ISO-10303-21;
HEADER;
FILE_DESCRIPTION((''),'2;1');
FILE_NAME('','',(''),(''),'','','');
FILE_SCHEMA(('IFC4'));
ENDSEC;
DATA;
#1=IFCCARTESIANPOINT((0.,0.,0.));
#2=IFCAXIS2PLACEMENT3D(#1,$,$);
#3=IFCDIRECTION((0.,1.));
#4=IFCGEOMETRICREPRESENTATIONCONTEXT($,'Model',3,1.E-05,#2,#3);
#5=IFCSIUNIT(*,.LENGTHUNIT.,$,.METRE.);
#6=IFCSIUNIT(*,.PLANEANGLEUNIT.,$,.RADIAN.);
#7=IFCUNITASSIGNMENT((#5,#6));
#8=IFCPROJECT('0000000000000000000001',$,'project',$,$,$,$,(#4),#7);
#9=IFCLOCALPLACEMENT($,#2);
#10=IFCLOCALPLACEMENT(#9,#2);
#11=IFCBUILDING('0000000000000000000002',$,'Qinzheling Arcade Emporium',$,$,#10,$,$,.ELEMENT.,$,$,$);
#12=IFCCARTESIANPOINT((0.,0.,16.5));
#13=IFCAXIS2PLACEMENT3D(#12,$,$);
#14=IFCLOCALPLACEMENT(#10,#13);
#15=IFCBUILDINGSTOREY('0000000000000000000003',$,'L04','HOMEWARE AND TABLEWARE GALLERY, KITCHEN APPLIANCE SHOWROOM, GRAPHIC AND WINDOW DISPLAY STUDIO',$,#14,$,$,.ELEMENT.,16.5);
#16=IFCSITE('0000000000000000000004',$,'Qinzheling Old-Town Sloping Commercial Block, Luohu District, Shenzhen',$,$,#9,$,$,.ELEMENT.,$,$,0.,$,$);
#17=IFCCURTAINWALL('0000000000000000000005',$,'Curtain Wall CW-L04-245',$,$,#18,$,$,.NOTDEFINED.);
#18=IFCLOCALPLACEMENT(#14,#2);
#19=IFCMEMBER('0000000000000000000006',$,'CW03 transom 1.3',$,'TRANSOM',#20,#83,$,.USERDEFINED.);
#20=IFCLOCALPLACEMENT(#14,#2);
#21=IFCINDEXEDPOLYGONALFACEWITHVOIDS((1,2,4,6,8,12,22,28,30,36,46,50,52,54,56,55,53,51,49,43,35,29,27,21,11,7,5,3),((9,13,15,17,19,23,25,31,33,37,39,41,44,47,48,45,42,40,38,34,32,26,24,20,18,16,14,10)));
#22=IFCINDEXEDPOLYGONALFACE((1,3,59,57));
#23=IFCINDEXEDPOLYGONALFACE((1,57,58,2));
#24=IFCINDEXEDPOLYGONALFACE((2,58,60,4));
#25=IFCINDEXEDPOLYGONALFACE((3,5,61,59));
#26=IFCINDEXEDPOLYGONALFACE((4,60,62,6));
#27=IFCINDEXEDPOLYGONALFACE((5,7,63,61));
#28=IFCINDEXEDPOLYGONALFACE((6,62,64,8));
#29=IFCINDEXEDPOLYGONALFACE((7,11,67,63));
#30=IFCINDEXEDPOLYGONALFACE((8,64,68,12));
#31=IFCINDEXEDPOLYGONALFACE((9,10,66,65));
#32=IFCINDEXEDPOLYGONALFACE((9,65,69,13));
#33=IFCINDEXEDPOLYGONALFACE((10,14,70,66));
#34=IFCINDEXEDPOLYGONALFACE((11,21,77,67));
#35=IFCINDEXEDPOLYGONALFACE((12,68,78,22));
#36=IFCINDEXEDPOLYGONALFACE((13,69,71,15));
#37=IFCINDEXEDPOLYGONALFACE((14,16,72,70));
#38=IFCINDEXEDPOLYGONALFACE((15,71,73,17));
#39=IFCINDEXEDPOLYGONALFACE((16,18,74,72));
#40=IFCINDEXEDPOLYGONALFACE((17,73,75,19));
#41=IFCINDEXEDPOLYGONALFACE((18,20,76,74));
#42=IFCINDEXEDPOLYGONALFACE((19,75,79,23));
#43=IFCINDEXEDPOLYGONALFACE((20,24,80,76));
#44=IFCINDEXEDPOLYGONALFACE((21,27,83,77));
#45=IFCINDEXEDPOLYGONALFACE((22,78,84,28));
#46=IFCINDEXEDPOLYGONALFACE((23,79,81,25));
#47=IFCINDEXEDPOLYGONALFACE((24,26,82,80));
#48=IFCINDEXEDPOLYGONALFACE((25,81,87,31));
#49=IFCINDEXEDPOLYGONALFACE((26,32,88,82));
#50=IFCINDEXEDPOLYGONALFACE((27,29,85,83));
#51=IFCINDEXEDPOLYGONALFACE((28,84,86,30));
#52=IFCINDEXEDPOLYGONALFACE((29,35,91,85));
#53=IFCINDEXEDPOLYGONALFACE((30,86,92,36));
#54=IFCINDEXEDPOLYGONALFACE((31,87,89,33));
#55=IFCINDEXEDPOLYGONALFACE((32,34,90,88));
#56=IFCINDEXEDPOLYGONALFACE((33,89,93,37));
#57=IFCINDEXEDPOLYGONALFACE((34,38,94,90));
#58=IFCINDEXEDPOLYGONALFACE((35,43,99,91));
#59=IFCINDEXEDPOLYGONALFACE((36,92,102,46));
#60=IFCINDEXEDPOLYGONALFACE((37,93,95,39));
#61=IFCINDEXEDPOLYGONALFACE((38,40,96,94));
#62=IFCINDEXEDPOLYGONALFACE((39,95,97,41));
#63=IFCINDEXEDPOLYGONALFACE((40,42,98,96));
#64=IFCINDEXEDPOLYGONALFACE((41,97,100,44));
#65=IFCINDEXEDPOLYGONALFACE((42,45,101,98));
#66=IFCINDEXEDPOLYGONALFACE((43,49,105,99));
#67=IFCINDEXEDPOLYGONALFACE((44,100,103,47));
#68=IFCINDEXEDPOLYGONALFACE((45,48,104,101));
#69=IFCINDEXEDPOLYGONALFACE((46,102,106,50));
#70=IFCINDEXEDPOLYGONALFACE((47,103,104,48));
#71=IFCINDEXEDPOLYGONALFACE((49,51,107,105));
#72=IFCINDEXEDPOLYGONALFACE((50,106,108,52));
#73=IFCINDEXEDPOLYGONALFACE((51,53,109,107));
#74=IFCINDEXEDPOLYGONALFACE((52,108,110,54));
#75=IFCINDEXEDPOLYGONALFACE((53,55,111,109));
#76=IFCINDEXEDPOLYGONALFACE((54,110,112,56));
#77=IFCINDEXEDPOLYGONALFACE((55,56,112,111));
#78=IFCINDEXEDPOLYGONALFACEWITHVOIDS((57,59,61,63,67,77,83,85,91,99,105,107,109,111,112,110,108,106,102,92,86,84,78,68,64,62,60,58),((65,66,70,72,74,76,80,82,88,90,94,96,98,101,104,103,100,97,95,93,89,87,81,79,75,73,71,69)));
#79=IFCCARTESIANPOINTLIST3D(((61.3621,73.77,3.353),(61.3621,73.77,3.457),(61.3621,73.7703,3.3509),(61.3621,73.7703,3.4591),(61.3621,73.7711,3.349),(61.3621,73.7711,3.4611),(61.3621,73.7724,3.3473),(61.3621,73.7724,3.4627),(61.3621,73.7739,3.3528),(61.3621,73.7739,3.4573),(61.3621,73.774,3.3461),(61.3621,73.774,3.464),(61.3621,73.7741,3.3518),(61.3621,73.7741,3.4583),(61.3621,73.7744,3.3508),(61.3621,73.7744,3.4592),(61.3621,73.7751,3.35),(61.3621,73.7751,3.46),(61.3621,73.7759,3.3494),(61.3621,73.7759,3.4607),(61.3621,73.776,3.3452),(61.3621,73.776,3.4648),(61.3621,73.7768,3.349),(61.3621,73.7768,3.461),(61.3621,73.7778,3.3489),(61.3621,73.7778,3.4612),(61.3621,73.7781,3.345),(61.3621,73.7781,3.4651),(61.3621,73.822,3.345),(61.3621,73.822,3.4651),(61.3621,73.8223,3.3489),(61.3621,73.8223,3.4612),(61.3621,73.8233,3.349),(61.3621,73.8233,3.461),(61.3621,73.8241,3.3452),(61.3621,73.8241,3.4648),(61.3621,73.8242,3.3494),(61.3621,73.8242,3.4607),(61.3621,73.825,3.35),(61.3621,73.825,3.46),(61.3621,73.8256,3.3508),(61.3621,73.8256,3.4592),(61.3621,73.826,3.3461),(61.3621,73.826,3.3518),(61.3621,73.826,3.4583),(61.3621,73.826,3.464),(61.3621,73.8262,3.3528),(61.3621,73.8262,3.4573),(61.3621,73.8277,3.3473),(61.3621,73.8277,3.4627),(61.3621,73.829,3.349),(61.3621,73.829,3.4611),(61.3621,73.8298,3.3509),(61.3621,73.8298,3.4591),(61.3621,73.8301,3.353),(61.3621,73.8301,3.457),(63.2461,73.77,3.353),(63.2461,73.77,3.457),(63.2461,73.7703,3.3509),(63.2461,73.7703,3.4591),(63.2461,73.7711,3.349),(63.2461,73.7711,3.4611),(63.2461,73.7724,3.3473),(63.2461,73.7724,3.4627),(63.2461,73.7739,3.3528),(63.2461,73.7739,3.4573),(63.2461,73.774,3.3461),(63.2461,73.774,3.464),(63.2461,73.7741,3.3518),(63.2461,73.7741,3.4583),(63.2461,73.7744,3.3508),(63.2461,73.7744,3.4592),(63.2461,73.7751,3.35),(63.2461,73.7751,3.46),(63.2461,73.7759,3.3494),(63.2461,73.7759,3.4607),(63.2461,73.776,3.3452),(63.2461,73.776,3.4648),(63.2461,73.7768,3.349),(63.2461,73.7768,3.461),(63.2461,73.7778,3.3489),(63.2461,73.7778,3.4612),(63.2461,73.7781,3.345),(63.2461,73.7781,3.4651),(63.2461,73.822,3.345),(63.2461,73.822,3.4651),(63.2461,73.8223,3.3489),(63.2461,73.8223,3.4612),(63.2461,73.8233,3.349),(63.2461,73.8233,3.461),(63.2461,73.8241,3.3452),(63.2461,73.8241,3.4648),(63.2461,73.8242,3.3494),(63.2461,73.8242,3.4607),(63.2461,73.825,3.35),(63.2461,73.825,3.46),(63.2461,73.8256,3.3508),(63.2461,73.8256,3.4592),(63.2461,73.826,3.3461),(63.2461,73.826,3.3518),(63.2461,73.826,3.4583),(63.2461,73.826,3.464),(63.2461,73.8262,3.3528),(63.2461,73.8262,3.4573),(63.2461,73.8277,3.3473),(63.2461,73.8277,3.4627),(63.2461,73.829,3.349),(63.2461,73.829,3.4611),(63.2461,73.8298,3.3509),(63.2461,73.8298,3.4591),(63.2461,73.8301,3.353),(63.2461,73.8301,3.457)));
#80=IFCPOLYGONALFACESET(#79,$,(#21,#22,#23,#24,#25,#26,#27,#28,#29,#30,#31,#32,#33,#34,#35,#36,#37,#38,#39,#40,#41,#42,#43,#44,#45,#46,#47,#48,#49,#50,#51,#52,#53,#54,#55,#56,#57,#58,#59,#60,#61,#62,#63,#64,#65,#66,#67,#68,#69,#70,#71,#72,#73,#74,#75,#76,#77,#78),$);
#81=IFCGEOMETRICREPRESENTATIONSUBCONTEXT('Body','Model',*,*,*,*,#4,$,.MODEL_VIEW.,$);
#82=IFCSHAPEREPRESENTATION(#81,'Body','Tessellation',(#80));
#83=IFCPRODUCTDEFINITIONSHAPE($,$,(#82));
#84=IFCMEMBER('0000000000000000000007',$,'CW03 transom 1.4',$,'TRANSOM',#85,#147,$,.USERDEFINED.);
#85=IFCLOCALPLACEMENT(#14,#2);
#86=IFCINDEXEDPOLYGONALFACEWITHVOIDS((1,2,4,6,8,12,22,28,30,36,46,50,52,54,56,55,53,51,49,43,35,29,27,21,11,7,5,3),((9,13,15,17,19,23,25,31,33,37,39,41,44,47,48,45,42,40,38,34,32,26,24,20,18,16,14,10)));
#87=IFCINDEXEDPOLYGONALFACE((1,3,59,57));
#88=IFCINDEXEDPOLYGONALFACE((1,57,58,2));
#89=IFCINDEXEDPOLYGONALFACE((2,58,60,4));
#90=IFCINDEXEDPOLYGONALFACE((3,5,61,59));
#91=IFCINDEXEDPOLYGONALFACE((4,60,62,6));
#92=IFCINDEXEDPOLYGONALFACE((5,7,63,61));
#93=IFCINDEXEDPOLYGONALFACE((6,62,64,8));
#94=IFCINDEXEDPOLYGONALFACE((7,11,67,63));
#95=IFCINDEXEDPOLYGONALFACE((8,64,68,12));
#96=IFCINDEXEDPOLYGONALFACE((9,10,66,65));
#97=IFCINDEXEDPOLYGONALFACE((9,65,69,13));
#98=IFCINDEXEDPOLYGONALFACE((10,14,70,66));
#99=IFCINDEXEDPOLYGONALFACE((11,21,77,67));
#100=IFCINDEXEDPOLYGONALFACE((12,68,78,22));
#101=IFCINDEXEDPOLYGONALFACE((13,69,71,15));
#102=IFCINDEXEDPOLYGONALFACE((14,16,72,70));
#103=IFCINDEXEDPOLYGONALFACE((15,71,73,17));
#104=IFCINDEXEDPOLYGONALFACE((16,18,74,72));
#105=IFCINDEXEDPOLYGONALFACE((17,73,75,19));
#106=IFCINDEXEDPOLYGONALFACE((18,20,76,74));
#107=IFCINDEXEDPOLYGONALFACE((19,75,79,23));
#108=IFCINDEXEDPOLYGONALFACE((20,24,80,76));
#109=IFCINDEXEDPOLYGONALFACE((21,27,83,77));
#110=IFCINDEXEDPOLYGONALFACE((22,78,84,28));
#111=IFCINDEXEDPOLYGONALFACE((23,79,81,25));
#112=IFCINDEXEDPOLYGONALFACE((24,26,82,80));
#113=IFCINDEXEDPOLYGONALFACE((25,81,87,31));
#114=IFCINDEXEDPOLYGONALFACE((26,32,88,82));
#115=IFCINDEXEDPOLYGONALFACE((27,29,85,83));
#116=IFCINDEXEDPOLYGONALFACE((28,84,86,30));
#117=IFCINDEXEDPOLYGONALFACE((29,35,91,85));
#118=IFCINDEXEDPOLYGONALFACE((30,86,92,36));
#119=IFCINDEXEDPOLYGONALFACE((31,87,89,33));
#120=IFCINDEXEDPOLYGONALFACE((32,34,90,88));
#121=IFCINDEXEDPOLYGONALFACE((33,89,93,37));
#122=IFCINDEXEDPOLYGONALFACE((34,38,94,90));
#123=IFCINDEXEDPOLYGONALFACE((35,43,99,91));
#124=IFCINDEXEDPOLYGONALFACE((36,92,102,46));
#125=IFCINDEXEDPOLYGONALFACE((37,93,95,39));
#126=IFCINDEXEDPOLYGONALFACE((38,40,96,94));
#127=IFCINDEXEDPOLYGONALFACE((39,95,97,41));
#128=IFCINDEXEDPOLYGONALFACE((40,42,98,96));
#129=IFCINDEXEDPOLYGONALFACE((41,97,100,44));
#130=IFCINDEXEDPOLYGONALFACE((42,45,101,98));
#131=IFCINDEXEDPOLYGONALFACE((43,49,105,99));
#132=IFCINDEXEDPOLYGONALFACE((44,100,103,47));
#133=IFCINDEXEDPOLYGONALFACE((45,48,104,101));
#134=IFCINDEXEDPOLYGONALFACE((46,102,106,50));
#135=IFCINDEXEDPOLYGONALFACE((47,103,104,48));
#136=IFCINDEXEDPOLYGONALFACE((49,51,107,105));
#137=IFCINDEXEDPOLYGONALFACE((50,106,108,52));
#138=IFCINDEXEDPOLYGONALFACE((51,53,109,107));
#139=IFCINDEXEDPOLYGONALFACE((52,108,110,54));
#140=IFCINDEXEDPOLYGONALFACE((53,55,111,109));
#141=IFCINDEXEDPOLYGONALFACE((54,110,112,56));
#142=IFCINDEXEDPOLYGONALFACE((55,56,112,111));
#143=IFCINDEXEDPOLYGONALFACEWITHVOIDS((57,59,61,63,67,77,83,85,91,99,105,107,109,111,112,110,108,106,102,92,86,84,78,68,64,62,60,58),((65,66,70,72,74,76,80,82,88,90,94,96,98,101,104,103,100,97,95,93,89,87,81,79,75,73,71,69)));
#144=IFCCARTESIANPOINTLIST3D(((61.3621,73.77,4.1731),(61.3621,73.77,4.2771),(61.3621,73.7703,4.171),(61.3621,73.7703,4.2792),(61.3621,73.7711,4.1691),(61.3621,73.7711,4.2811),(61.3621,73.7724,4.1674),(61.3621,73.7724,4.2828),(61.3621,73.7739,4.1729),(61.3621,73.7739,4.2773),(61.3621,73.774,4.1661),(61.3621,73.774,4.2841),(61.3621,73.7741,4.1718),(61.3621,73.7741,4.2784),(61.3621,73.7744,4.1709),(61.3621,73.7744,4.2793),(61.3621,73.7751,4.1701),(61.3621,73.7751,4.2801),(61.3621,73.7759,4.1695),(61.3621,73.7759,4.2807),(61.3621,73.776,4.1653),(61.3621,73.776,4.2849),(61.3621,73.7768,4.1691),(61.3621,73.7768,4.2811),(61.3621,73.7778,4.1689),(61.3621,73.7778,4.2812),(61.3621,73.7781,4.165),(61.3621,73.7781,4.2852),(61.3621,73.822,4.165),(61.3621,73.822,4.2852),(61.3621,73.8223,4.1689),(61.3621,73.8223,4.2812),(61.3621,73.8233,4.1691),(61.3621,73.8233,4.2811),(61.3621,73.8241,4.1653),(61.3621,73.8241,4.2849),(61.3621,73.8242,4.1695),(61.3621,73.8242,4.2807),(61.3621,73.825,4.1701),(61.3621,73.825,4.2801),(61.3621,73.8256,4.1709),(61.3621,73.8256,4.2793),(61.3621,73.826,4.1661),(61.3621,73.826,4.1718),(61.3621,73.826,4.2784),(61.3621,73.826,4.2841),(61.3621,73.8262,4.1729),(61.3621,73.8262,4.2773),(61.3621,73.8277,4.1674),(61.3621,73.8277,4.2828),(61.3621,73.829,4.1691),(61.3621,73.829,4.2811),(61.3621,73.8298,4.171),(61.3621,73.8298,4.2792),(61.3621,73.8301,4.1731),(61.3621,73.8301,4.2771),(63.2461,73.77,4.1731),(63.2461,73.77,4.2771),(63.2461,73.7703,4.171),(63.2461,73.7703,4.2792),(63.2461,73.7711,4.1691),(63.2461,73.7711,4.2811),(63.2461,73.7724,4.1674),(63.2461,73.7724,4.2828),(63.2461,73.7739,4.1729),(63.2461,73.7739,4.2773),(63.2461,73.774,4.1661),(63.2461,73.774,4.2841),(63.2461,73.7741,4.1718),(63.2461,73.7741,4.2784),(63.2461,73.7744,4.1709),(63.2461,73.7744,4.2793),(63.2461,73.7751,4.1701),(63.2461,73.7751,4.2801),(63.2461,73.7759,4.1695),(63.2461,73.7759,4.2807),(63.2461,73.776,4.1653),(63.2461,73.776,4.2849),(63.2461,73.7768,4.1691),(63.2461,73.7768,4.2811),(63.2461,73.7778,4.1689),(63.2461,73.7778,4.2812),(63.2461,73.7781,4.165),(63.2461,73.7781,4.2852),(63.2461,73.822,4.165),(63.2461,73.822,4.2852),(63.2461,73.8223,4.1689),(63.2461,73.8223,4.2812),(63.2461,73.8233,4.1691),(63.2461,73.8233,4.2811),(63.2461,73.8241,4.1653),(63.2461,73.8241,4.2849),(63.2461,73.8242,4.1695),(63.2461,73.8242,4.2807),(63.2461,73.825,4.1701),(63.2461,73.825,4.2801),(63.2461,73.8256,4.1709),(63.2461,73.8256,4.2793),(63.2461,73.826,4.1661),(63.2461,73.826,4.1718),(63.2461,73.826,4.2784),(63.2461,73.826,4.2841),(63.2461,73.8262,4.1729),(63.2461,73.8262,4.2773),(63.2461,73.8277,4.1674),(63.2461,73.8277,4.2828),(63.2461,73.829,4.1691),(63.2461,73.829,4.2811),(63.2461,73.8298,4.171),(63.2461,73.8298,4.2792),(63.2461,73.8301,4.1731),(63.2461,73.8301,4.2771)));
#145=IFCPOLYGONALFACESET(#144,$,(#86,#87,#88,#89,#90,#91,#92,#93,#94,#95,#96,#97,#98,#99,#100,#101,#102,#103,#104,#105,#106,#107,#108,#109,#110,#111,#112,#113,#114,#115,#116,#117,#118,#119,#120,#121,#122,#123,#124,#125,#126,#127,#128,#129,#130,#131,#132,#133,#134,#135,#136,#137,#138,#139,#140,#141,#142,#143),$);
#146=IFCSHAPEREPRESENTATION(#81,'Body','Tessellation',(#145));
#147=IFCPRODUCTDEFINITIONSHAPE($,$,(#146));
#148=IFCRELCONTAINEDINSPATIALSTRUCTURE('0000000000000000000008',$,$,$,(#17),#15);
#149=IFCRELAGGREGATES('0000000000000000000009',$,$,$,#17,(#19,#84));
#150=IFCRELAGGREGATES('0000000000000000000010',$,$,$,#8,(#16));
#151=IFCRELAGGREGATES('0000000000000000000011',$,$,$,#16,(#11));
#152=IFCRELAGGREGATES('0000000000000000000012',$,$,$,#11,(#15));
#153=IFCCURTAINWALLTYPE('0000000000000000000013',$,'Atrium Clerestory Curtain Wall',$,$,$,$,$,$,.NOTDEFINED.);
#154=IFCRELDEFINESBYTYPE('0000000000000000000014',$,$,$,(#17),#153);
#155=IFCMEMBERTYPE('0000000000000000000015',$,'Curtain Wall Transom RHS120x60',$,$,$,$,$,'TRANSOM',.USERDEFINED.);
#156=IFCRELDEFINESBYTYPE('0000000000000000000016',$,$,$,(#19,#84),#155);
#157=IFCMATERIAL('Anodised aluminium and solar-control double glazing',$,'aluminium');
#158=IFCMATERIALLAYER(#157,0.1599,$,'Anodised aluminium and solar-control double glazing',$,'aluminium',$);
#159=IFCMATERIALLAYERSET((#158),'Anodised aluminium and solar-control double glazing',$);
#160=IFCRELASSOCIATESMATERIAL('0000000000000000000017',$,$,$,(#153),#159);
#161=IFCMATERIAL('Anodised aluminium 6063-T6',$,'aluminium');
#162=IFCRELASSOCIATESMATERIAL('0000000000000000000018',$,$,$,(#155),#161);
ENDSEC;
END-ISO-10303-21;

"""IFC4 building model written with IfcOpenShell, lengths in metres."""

from ifc_helpers import new_model, si_unit, direction, frame, origin, origin_2d, place, context, subcontext, project, spatial, hollow_rectangle, extrude, material, layer, layer_set, material_profile, profile_set, type_object, element, aggregate, save


model = new_model("IFC4")

# Units and contexts
model_context = context("Model", 3, precision=1e-05, world=origin(), true_north=direction((0.0, 1.0)))
body_context = subcontext(model_context, "Body", "Model", "MODEL_VIEW")
ifc_project = project(units=[si_unit("LENGTHUNIT", "METRE"), si_unit("PLANEANGLEUNIT", "RADIAN")], contexts=[model_context])

# Site, building, storey
site_placement = place(None, origin())
site = spatial("IfcSite", under=ifc_project, at=site_placement, Name="Qinzheling Old-Town Sloping Commercial Block, Luohu District, Shenzhen", CompositionType="ELEMENT", RefElevation=0.0)
building_placement = place(site_placement, origin())
building = spatial("IfcBuilding", under=site, at=building_placement, Name="Qinzheling Arcade Emporium", CompositionType="ELEMENT")
storey_placement = place(building_placement, frame((0.0, 0.0, 16.5)))
storey = spatial("IfcBuildingStorey", under=building, at=storey_placement, Name="L04", Description="HOMEWARE AND TABLEWARE GALLERY, KITCHEN APPLIANCE SHOWROOM, GRAPHIC AND WINDOW DISPLAY STUDIO", CompositionType="ELEMENT", Elevation=16.5)

# Curtain wall
ifc_material_1 = material(Name="Anodised aluminium and solar-control double glazing", Category="aluminium")
ifc_layer_1 = layer(ifc_material_1, 0.1599, Name="Anodised aluminium and solar-control double glazing", Category="aluminium")
ifc_layer_set_1 = layer_set([ifc_layer_1], Name="Anodised aluminium and solar-control double glazing")
curtain_wall_type = type_object("IfcCurtainWallType", Name="Atrium Clerestory Curtain Wall", PredefinedType="NOTDEFINED", material=ifc_layer_set_1)
ifc_material_2 = material(Name="Anodised aluminium 6063-T6", Category="aluminium")
curtain_wall_1_placement = place(storey_placement, origin())
curtain_wall_1 = element("IfcCurtainWall", 1, at=curtain_wall_1_placement, inside=storey, type_object=curtain_wall_type, Name="Curtain Wall CW-L04-245", PredefinedType="NOTDEFINED")

# Members
ifc_material_profile_1 = material_profile(ifc_material_2, hollow_rectangle(XDim=0.0601, YDim=0.1201, WallThickness=0.0039, InnerFilletRadius=0.0039, OuterFilletRadius=0.0081, at=origin_2d()), Name="RHS 120x60x4", Category="aluminium")
ifc_profile_set_1 = profile_set([ifc_material_profile_1], Name="Anodised aluminium 6063-T6")
member_type_1 = type_object("IfcMemberType", Name="Curtain Wall Transom RHS120x60", ElementType="TRANSOM", PredefinedType="USERDEFINED", material=ifc_profile_set_1)
member_1_placement = place(storey_placement, frame((61.3621, 73.8, 3.405), z_axis=(1.0, 0.0, 0.0), x_axis=(0.0, 1.0, 0.0)))
member_1 = element("IfcMember", 2, at=member_1_placement, type_object=member_type_1, Name="CW03 transom 1.3", ObjectType="TRANSOM", PredefinedType="USERDEFINED", context=body_context, shape_type="SweptSolid", body=[
    extrude(hollow_rectangle(XDim=0.0601, YDim=0.1201, WallThickness=0.0039, InnerFilletRadius=0.0039, OuterFilletRadius=0.0081, at=origin_2d()), origin(), (0.0, 0.0, 1.0), 1.884),
])
member_2_placement = place(storey_placement, frame((61.3621, 73.8, 4.2251), z_axis=(1.0, 0.0, 0.0), x_axis=(0.0, 1.0, 0.0)))
member_2 = element("IfcMember", 3, at=member_2_placement, type_object=member_type_1, Name="CW03 transom 1.4", ObjectType="TRANSOM", PredefinedType="USERDEFINED", context=body_context, shape_type="SweptSolid", body=[
    extrude(hollow_rectangle(XDim=0.0601, YDim=0.1201, WallThickness=0.0039, InnerFilletRadius=0.0039, OuterFilletRadius=0.0081, at=origin_2d()), origin(), (0.0, 0.0, 1.0), 1.884),
])

aggregate(curtain_wall_1, [member_1, member_2])

save(model, "model.ifc")
